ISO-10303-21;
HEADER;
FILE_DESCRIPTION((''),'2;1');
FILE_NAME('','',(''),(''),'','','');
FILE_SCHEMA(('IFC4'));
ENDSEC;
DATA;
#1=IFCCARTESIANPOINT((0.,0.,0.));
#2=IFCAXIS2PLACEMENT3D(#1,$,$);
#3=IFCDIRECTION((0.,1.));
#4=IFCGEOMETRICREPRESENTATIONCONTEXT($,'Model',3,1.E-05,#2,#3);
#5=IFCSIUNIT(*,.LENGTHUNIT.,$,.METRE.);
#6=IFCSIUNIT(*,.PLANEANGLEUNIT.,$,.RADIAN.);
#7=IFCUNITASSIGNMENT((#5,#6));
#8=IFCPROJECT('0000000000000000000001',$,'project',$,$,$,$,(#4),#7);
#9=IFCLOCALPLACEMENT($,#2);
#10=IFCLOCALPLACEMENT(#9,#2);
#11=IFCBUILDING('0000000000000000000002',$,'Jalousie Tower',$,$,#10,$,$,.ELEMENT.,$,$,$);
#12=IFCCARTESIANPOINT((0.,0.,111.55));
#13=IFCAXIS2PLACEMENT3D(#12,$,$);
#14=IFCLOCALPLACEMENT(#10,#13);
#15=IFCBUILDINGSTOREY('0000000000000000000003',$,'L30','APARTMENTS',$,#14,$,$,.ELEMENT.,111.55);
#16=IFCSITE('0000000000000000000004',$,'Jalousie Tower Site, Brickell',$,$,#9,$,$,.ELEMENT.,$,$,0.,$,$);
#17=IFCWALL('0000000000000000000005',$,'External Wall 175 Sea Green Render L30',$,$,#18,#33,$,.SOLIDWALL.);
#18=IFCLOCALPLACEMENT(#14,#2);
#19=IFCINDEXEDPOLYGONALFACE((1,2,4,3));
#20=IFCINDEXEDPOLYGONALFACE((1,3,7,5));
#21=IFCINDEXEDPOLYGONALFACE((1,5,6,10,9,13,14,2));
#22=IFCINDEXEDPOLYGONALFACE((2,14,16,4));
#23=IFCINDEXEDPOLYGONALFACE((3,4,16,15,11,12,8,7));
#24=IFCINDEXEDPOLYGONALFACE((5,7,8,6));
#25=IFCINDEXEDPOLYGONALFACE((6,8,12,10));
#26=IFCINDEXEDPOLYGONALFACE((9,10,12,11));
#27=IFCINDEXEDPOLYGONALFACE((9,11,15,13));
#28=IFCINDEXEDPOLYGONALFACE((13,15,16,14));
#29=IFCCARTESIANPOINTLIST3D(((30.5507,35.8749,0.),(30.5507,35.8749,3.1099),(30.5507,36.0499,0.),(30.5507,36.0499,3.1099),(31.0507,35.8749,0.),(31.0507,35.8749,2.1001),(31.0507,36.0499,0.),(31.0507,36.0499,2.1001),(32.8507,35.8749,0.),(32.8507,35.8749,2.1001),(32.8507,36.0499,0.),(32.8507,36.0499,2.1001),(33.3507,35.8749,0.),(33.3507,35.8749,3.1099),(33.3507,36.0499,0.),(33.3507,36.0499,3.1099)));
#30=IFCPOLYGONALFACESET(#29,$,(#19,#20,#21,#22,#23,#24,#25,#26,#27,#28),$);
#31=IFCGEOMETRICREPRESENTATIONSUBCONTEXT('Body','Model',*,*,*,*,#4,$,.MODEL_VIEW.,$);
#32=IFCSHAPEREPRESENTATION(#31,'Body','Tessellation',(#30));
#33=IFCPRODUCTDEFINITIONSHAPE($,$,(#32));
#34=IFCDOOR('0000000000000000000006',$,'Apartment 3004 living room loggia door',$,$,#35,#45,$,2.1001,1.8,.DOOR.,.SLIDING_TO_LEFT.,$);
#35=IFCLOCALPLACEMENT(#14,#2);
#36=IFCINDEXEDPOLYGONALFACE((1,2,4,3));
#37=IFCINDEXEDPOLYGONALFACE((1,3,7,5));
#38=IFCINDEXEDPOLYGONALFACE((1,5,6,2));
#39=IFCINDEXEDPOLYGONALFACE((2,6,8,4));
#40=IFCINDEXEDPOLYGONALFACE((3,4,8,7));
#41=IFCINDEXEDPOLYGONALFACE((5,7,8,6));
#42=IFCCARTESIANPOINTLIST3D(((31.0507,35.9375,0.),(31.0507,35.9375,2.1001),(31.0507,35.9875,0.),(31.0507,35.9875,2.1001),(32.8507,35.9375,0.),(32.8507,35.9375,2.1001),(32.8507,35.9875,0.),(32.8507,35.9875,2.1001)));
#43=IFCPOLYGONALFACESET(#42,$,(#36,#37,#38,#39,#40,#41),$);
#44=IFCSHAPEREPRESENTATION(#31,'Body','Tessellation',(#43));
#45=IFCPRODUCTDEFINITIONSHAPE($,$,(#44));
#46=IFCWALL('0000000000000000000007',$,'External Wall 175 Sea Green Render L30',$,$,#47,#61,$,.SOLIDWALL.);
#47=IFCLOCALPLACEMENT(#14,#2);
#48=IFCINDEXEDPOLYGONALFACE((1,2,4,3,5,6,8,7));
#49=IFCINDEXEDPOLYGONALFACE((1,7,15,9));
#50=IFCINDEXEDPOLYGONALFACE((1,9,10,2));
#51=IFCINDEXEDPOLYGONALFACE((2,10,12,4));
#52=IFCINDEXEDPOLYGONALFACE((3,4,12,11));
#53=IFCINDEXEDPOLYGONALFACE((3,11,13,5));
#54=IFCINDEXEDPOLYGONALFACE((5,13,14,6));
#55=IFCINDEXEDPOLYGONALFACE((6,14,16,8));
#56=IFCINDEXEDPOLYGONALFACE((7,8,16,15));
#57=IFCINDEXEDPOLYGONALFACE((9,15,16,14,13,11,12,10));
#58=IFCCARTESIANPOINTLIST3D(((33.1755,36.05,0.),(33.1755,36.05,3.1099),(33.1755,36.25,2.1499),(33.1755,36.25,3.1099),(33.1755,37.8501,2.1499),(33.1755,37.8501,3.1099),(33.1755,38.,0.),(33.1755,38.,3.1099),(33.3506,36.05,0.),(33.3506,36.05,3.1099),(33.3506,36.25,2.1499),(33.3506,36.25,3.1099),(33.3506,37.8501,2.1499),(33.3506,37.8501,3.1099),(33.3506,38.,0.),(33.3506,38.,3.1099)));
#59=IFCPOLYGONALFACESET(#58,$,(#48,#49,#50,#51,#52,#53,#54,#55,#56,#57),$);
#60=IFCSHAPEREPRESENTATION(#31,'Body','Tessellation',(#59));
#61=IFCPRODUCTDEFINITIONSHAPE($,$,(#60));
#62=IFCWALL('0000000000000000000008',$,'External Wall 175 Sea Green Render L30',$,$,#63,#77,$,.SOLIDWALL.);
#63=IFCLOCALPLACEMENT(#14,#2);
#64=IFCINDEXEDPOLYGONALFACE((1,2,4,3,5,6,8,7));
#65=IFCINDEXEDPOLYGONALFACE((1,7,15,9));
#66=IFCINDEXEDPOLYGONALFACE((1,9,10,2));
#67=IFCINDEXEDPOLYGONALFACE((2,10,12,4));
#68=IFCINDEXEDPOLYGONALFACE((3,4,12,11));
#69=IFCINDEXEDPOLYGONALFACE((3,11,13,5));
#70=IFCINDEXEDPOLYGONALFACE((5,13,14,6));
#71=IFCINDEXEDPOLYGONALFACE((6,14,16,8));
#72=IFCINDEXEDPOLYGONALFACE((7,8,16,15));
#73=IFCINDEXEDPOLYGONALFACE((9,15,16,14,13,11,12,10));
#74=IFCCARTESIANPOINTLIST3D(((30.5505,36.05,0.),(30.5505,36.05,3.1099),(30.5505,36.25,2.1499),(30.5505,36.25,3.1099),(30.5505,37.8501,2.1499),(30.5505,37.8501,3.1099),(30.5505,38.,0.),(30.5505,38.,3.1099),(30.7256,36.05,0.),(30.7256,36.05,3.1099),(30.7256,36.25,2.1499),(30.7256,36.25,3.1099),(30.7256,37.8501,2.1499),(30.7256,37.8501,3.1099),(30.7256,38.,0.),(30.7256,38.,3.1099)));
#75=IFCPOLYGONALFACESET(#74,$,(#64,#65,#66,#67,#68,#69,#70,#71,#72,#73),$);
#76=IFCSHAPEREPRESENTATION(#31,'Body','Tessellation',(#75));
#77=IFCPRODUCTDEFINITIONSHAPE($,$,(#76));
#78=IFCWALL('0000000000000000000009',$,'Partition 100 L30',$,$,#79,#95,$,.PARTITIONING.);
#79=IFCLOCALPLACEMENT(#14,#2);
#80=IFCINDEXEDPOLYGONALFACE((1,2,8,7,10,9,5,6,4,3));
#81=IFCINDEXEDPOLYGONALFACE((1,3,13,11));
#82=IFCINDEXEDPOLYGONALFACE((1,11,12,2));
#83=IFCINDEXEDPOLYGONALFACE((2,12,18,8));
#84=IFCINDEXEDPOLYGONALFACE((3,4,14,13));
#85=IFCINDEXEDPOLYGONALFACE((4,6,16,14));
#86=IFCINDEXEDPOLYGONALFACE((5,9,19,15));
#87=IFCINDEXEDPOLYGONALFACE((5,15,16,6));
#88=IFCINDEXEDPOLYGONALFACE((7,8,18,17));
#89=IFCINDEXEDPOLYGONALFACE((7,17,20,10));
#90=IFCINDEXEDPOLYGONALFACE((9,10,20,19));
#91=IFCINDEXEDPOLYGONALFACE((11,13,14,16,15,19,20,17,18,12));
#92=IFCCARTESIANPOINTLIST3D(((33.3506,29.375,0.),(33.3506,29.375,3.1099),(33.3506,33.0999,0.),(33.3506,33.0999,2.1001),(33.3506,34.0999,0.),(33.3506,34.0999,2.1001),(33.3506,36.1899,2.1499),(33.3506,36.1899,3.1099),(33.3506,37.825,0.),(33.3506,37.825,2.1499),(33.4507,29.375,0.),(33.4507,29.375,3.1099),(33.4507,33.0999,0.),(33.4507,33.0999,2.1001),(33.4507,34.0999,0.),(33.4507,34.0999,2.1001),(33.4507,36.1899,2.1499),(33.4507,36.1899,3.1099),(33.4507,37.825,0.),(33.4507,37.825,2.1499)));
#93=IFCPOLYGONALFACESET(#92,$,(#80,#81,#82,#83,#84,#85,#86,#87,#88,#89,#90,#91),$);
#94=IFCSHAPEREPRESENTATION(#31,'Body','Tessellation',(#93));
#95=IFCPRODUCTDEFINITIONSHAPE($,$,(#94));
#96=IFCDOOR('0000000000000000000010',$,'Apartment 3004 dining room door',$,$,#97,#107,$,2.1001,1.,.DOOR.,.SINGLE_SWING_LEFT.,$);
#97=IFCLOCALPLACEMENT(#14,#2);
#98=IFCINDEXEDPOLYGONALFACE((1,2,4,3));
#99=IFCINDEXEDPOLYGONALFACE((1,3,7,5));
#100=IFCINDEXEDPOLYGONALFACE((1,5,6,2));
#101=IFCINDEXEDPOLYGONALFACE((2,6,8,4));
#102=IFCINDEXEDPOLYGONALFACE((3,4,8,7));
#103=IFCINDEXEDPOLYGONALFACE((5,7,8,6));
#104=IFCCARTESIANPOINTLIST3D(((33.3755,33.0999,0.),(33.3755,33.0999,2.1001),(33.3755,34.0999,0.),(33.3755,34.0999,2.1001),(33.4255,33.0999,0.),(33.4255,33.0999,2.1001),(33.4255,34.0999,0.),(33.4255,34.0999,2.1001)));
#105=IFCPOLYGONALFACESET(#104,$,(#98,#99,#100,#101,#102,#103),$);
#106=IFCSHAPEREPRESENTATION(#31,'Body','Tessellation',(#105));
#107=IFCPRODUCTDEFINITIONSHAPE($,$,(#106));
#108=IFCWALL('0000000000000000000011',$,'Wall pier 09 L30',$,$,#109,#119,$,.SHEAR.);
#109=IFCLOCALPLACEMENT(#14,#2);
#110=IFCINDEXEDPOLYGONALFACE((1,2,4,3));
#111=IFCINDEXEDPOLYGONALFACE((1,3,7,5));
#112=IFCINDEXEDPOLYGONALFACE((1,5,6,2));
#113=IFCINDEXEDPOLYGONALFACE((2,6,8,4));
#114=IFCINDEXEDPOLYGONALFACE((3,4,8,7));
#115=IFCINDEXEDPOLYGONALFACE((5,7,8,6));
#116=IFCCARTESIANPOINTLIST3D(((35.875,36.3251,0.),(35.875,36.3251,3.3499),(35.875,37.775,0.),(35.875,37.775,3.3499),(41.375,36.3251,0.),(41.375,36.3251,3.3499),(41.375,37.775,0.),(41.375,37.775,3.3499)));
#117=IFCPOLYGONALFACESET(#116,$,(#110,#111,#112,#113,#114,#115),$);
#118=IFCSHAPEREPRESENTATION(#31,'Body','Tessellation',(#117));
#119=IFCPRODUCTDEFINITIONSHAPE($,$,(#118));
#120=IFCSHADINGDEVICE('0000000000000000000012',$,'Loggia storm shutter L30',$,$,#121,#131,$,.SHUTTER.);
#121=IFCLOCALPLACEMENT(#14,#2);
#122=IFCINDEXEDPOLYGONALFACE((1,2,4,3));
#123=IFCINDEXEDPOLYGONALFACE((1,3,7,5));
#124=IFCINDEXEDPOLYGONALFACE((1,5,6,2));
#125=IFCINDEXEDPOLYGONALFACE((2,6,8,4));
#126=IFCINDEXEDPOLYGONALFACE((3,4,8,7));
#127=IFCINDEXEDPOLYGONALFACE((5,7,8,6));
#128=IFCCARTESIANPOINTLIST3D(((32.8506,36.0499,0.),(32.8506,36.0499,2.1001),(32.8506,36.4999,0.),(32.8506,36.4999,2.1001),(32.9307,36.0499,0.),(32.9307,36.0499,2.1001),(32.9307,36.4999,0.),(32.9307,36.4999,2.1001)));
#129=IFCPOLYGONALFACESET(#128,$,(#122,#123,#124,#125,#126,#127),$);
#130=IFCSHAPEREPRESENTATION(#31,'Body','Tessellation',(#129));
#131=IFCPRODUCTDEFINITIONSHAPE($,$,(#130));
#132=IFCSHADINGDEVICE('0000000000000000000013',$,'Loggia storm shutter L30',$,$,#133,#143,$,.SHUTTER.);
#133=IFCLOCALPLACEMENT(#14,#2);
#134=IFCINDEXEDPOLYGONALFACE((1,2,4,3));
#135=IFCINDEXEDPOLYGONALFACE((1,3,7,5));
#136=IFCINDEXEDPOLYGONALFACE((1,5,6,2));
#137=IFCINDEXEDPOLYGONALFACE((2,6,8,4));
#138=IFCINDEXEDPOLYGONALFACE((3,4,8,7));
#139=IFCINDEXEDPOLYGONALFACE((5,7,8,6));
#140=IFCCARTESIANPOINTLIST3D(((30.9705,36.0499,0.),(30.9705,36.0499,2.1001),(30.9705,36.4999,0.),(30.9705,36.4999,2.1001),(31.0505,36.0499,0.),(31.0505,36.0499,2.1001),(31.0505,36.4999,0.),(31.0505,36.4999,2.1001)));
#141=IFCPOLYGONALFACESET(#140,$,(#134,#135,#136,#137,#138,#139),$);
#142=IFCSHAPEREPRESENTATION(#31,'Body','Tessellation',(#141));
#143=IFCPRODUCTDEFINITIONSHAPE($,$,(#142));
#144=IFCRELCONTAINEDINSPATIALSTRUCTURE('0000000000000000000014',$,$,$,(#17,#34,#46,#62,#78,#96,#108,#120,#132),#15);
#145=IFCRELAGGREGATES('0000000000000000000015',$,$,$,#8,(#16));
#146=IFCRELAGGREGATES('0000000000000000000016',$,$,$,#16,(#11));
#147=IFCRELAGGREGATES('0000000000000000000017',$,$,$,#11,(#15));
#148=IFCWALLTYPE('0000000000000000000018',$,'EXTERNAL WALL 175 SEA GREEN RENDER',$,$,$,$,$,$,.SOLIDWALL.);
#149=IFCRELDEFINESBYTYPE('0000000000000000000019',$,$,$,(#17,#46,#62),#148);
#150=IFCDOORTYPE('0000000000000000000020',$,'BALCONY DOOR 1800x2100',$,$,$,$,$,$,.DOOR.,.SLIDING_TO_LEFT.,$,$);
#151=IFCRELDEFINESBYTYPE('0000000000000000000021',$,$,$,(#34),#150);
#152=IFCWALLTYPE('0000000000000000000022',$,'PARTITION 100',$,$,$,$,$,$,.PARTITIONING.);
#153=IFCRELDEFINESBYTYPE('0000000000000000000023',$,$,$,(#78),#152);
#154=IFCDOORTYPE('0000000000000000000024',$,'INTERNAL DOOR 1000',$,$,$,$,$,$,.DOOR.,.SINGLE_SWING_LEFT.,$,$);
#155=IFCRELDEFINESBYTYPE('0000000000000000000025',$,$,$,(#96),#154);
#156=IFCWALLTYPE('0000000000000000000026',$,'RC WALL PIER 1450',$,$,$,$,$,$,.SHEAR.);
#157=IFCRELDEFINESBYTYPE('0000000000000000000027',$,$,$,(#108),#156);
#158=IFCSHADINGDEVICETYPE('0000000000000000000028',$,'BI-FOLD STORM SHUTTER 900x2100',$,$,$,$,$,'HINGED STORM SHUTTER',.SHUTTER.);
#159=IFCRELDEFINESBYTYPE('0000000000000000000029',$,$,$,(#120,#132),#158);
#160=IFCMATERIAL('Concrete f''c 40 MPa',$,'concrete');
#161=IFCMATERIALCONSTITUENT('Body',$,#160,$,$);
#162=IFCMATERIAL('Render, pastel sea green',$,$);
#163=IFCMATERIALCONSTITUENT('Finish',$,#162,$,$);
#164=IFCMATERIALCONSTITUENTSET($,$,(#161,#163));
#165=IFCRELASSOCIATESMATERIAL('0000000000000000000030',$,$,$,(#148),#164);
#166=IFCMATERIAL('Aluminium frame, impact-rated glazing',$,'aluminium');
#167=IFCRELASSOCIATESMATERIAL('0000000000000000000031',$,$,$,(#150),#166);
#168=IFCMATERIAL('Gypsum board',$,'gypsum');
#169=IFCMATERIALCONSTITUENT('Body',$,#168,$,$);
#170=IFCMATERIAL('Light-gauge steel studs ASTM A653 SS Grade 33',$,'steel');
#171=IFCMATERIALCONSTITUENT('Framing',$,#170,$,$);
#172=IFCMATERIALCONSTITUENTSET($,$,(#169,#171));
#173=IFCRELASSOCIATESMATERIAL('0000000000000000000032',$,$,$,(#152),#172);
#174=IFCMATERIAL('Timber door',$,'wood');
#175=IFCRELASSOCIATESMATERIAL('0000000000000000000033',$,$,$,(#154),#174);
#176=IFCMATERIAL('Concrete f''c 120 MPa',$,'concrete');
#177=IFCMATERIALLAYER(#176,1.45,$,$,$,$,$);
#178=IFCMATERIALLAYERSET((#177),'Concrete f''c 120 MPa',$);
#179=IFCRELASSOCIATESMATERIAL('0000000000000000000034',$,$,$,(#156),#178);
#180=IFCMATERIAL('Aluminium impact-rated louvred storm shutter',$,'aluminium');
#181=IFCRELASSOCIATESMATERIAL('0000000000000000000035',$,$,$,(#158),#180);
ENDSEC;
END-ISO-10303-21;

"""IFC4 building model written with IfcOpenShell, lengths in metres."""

from ifc_helpers import new_model, si_unit, direction, frame, frame_2d, origin, origin_2d, place, context, subcontext, project, spatial, polyline, rectangle, outline, extrude, material, layer, layer_set, constituent, constituent_set, type_object, element, fill, save


model = new_model("IFC4")

# Units and contexts
model_context = context("Model", 3, precision=1e-05, world=origin(), true_north=direction((0.0, 1.0)))
body_context = subcontext(model_context, "Body", "Model", "MODEL_VIEW")
ifc_project = project(units=[si_unit("LENGTHUNIT", "METRE"), si_unit("PLANEANGLEUNIT", "RADIAN")], contexts=[model_context])

# Site, building, storey
site_placement = place(None, origin())
site = spatial("IfcSite", under=ifc_project, at=site_placement, Name="Jalousie Tower Site, Brickell", CompositionType="ELEMENT", RefElevation=0.0)
building_placement = place(site_placement, origin())
building = spatial("IfcBuilding", under=site, at=building_placement, Name="Jalousie Tower", CompositionType="ELEMENT")
storey_placement = place(building_placement, frame((0.0, 0.0, 111.55)))
storey = spatial("IfcBuildingStorey", under=building, at=storey_placement, Name="L30", Description="APARTMENTS", CompositionType="ELEMENT", Elevation=111.55)

# Shared definitions
ifc_material_1 = material(Name="Concrete f'c 40 MPa", Category="concrete")
ifc_constituent_1 = constituent(ifc_material_1, Name="Body")
ifc_material_2 = material(Name="Render, pastel sea green")
ifc_constituent_2 = constituent(ifc_material_2, Name="Finish")
ifc_constituent_set_1 = constituent_set(constituents=[ifc_constituent_1, ifc_constituent_2])
wall_type_1 = type_object("IfcWallType", Name="EXTERNAL WALL 175 SEA GREEN RENDER", PredefinedType="SOLIDWALL", material=ifc_constituent_set_1)

# Wall, opening, door
wall_1_placement = place(storey_placement, frame((33.3506, 35.9624, 0.0), z_axis=(0.0, 0.0, 1.0), x_axis=(-1.0, 0.0, 0.0)))
wall_1 = element("IfcWall", 1, at=wall_1_placement, inside=storey, type_object=wall_type_1, Name="External Wall 175 Sea Green Render L30", PredefinedType="SOLIDWALL", context=body_context, shape_type="SweptSolid", body=[
    extrude(rectangle(XDim=2.8, YDim=0.175, at=frame_2d((1.3999, 0.0))), origin(), (0.0, 0.0, 1.0), 3.1099),
])
opening_1_placement = place(wall_1_placement, frame((0.5, 0.0, 0.0)))
opening_1 = element("IfcOpeningElement", 2, at=opening_1_placement, cuts=wall_1, PredefinedType="OPENING", context=body_context, shape_type="SweptSolid", body=[
    extrude(rectangle(XDim=1.8, YDim=2.1001, at=frame_2d((0.8999, 1.05))), frame((0.0, 0.0974, 0.0), z_axis=(0.0, -1.0, 0.0), x_axis=(1.0, 0.0, 0.0)), (0.0, 0.0, 1.0), 0.1951),
])
ifc_material_3 = material(Name="Aluminium frame, impact-rated glazing", Category="aluminium")
door_type_1 = type_object("IfcDoorType", Name="BALCONY DOOR 1800x2100", OperationType="SLIDING_TO_LEFT", PredefinedType="DOOR", material=ifc_material_3)
door_1_placement = place(opening_1_placement, origin())
door_1 = element("IfcDoor", 3, at=door_1_placement, inside=storey, type_object=door_type_1, Name="Apartment 3004 living room loggia door", OperationType="SLIDING_TO_LEFT", OverallHeight=2.1001, OverallWidth=1.8, PredefinedType="DOOR", context=body_context, shape_type="SweptSolid", body=[
    extrude(rectangle(XDim=1.8, YDim=2.1001, at=frame_2d((0.8999, 1.05))), frame((0.0, 0.0249, 0.0), z_axis=(0.0, -1.0, 0.0), x_axis=(1.0, 0.0, 0.0)), (0.0, 0.0, 1.0), 0.05),
])
fill(opening_1, door_1)

# Walls
for number, where, z_axis, x_axis, name in (
    (4, (33.2632, 38.0, 0.0), (0.0, 0.0, 1.0), (0.0, -1.0, 0.0), "External Wall 175 Sea Green Render L30"),
    (5, (30.6382, 38.0, 0.0), (0.0, 0.0, 1.0), (0.0, -1.0, 0.0), "External Wall 175 Sea Green Render L30"),
):
    element("IfcWall", number, at=place(storey_placement, frame(where, z_axis=z_axis, x_axis=x_axis)), inside=storey, type_object=wall_type_1, Name=name, PredefinedType="SOLIDWALL", context=body_context, shape_type="SweptSolid", body=[
        extrude(outline(polyline([(0.0, 0.0), (1.95, 0.0), (1.95, 3.1099), (1.75, 3.1099), (1.75, 2.1499), (0.1499, 2.1499), (0.1499, 3.1099), (0.0, 3.1099), (0.0, 0.0)])), frame((0.0, 0.0874, 0.0), z_axis=(0.0, -1.0, 0.0), x_axis=(1.0, 0.0, 0.0)), (0.0, 0.0, 1.0), 0.175),
    ])

# Wall, opening, door
ifc_material_4 = material(Name="Gypsum board", Category="gypsum")
ifc_constituent_3 = constituent(ifc_material_4, Name="Body")
ifc_material_5 = material(Name="Light-gauge steel studs ASTM A653 SS Grade 33", Category="steel")
ifc_constituent_4 = constituent(ifc_material_5, Name="Framing")
ifc_constituent_set_2 = constituent_set(constituents=[ifc_constituent_3, ifc_constituent_4])
wall_type_2 = type_object("IfcWallType", Name="PARTITION 100", PredefinedType="PARTITIONING", material=ifc_constituent_set_2)
wall_2_placement = place(storey_placement, frame((33.4006, 37.825, 0.0), z_axis=(0.0, 0.0, 1.0), x_axis=(0.0, -1.0, 0.0)))
wall_2 = element("IfcWall", 6, at=wall_2_placement, inside=storey, type_object=wall_type_2, Name="Partition 100 L30", PredefinedType="PARTITIONING", context=body_context, shape_type="SweptSolid", body=[
    extrude(outline(polyline([(0.0, 0.0), (8.45, 0.0), (8.45, 3.1099), (1.635, 3.1099), (1.635, 2.1499), (0.0, 2.1499), (0.0, 3.1099), (0.0, 0.0)])), frame((0.0, 0.05, 0.0), z_axis=(0.0, -1.0, 0.0), x_axis=(1.0, 0.0, 0.0)), (0.0, 0.0, 1.0), 0.1001),
])
opening_2_placement = place(wall_2_placement, frame((3.7251, 0.0, 0.0)))
opening_2 = element("IfcOpeningElement", 7, at=opening_2_placement, cuts=wall_2, PredefinedType="OPENING", context=body_context, shape_type="SweptSolid", body=[
    extrude(rectangle(XDim=1.0, YDim=2.1001, at=frame_2d((0.5, 1.05))), frame((0.0, 0.0601, 0.0), z_axis=(0.0, -1.0, 0.0), x_axis=(1.0, 0.0, 0.0)), (0.0, 0.0, 1.0), 0.1201),
])
ifc_material_6 = material(Name="Timber door", Category="wood")
door_type_2 = type_object("IfcDoorType", Name="INTERNAL DOOR 1000", OperationType="SINGLE_SWING_LEFT", PredefinedType="DOOR", material=ifc_material_6)
door_2_placement = place(opening_2_placement, origin())
door_2 = element("IfcDoor", 8, at=door_2_placement, inside=storey, type_object=door_type_2, Name="Apartment 3004 dining room door", OperationType="SINGLE_SWING_LEFT", OverallHeight=2.1001, OverallWidth=1.0, PredefinedType="DOOR", context=body_context, shape_type="SweptSolid", body=[
    extrude(rectangle(XDim=1.0, YDim=2.1001, at=frame_2d((0.5, 1.05))), frame((0.0, 0.0249, 0.0), z_axis=(0.0, -1.0, 0.0), x_axis=(1.0, 0.0, 0.0)), (0.0, 0.0, 1.0), 0.05),
])
fill(opening_2, door_2)

# Wall
ifc_material_7 = material(Name="Concrete f'c 120 MPa", Category="concrete")
ifc_layer_1 = layer(ifc_material_7, 1.45)
ifc_layer_set_1 = layer_set([ifc_layer_1], Name="Concrete f'c 120 MPa")
wall_type_3 = type_object("IfcWallType", Name="RC WALL PIER 1450", PredefinedType="SHEAR", material=ifc_layer_set_1)
wall_3_placement = place(storey_placement, frame((35.875, 37.05, 0.0), z_axis=(0.0, 0.0, 1.0), x_axis=(1.0, 0.0, 0.0)))
element("IfcWall", 9, at=wall_3_placement, inside=storey, type_object=wall_type_3, Name="Wall pier 09 L30", PredefinedType="SHEAR", context=body_context, shape_type="SweptSolid", body=[
    extrude(rectangle(XDim=5.5, YDim=1.45, at=frame_2d((2.75, 0.0))), origin(), (0.0, 0.0, 1.0), 3.3499),
])

# Shading devices
ifc_material_8 = material(Name="Aluminium impact-rated louvred storm shutter", Category="aluminium")
shading_device_type_1 = type_object("IfcShadingDeviceType", Name="BI-FOLD STORM SHUTTER 900x2100", ElementType="HINGED STORM SHUTTER", PredefinedType="SHUTTER", material=ifc_material_8)
for number, where, z_axis, x_axis, name in (
    (10, (32.8906, 36.2749, 0.0), (0.0, 0.0, 1.0), (0.0, -1.0, 0.0), "Loggia storm shutter L30"),
    (11, (31.0105, 36.2749, 0.0), (0.0, 0.0, 1.0), (0.0, -1.0, 0.0), "Loggia storm shutter L30"),
):
    element("IfcShadingDevice", number, at=place(storey_placement, frame(where, z_axis=z_axis, x_axis=x_axis)), inside=storey, type_object=shading_device_type_1, Name=name, PredefinedType="SHUTTER", context=body_context, shape_type="SweptSolid", body=[
        extrude(rectangle(XDim=0.45, YDim=0.0801, at=origin_2d()), origin(), (0.0, 0.0, 1.0), 2.1001),
    ])

save(model, "model.ifc")
